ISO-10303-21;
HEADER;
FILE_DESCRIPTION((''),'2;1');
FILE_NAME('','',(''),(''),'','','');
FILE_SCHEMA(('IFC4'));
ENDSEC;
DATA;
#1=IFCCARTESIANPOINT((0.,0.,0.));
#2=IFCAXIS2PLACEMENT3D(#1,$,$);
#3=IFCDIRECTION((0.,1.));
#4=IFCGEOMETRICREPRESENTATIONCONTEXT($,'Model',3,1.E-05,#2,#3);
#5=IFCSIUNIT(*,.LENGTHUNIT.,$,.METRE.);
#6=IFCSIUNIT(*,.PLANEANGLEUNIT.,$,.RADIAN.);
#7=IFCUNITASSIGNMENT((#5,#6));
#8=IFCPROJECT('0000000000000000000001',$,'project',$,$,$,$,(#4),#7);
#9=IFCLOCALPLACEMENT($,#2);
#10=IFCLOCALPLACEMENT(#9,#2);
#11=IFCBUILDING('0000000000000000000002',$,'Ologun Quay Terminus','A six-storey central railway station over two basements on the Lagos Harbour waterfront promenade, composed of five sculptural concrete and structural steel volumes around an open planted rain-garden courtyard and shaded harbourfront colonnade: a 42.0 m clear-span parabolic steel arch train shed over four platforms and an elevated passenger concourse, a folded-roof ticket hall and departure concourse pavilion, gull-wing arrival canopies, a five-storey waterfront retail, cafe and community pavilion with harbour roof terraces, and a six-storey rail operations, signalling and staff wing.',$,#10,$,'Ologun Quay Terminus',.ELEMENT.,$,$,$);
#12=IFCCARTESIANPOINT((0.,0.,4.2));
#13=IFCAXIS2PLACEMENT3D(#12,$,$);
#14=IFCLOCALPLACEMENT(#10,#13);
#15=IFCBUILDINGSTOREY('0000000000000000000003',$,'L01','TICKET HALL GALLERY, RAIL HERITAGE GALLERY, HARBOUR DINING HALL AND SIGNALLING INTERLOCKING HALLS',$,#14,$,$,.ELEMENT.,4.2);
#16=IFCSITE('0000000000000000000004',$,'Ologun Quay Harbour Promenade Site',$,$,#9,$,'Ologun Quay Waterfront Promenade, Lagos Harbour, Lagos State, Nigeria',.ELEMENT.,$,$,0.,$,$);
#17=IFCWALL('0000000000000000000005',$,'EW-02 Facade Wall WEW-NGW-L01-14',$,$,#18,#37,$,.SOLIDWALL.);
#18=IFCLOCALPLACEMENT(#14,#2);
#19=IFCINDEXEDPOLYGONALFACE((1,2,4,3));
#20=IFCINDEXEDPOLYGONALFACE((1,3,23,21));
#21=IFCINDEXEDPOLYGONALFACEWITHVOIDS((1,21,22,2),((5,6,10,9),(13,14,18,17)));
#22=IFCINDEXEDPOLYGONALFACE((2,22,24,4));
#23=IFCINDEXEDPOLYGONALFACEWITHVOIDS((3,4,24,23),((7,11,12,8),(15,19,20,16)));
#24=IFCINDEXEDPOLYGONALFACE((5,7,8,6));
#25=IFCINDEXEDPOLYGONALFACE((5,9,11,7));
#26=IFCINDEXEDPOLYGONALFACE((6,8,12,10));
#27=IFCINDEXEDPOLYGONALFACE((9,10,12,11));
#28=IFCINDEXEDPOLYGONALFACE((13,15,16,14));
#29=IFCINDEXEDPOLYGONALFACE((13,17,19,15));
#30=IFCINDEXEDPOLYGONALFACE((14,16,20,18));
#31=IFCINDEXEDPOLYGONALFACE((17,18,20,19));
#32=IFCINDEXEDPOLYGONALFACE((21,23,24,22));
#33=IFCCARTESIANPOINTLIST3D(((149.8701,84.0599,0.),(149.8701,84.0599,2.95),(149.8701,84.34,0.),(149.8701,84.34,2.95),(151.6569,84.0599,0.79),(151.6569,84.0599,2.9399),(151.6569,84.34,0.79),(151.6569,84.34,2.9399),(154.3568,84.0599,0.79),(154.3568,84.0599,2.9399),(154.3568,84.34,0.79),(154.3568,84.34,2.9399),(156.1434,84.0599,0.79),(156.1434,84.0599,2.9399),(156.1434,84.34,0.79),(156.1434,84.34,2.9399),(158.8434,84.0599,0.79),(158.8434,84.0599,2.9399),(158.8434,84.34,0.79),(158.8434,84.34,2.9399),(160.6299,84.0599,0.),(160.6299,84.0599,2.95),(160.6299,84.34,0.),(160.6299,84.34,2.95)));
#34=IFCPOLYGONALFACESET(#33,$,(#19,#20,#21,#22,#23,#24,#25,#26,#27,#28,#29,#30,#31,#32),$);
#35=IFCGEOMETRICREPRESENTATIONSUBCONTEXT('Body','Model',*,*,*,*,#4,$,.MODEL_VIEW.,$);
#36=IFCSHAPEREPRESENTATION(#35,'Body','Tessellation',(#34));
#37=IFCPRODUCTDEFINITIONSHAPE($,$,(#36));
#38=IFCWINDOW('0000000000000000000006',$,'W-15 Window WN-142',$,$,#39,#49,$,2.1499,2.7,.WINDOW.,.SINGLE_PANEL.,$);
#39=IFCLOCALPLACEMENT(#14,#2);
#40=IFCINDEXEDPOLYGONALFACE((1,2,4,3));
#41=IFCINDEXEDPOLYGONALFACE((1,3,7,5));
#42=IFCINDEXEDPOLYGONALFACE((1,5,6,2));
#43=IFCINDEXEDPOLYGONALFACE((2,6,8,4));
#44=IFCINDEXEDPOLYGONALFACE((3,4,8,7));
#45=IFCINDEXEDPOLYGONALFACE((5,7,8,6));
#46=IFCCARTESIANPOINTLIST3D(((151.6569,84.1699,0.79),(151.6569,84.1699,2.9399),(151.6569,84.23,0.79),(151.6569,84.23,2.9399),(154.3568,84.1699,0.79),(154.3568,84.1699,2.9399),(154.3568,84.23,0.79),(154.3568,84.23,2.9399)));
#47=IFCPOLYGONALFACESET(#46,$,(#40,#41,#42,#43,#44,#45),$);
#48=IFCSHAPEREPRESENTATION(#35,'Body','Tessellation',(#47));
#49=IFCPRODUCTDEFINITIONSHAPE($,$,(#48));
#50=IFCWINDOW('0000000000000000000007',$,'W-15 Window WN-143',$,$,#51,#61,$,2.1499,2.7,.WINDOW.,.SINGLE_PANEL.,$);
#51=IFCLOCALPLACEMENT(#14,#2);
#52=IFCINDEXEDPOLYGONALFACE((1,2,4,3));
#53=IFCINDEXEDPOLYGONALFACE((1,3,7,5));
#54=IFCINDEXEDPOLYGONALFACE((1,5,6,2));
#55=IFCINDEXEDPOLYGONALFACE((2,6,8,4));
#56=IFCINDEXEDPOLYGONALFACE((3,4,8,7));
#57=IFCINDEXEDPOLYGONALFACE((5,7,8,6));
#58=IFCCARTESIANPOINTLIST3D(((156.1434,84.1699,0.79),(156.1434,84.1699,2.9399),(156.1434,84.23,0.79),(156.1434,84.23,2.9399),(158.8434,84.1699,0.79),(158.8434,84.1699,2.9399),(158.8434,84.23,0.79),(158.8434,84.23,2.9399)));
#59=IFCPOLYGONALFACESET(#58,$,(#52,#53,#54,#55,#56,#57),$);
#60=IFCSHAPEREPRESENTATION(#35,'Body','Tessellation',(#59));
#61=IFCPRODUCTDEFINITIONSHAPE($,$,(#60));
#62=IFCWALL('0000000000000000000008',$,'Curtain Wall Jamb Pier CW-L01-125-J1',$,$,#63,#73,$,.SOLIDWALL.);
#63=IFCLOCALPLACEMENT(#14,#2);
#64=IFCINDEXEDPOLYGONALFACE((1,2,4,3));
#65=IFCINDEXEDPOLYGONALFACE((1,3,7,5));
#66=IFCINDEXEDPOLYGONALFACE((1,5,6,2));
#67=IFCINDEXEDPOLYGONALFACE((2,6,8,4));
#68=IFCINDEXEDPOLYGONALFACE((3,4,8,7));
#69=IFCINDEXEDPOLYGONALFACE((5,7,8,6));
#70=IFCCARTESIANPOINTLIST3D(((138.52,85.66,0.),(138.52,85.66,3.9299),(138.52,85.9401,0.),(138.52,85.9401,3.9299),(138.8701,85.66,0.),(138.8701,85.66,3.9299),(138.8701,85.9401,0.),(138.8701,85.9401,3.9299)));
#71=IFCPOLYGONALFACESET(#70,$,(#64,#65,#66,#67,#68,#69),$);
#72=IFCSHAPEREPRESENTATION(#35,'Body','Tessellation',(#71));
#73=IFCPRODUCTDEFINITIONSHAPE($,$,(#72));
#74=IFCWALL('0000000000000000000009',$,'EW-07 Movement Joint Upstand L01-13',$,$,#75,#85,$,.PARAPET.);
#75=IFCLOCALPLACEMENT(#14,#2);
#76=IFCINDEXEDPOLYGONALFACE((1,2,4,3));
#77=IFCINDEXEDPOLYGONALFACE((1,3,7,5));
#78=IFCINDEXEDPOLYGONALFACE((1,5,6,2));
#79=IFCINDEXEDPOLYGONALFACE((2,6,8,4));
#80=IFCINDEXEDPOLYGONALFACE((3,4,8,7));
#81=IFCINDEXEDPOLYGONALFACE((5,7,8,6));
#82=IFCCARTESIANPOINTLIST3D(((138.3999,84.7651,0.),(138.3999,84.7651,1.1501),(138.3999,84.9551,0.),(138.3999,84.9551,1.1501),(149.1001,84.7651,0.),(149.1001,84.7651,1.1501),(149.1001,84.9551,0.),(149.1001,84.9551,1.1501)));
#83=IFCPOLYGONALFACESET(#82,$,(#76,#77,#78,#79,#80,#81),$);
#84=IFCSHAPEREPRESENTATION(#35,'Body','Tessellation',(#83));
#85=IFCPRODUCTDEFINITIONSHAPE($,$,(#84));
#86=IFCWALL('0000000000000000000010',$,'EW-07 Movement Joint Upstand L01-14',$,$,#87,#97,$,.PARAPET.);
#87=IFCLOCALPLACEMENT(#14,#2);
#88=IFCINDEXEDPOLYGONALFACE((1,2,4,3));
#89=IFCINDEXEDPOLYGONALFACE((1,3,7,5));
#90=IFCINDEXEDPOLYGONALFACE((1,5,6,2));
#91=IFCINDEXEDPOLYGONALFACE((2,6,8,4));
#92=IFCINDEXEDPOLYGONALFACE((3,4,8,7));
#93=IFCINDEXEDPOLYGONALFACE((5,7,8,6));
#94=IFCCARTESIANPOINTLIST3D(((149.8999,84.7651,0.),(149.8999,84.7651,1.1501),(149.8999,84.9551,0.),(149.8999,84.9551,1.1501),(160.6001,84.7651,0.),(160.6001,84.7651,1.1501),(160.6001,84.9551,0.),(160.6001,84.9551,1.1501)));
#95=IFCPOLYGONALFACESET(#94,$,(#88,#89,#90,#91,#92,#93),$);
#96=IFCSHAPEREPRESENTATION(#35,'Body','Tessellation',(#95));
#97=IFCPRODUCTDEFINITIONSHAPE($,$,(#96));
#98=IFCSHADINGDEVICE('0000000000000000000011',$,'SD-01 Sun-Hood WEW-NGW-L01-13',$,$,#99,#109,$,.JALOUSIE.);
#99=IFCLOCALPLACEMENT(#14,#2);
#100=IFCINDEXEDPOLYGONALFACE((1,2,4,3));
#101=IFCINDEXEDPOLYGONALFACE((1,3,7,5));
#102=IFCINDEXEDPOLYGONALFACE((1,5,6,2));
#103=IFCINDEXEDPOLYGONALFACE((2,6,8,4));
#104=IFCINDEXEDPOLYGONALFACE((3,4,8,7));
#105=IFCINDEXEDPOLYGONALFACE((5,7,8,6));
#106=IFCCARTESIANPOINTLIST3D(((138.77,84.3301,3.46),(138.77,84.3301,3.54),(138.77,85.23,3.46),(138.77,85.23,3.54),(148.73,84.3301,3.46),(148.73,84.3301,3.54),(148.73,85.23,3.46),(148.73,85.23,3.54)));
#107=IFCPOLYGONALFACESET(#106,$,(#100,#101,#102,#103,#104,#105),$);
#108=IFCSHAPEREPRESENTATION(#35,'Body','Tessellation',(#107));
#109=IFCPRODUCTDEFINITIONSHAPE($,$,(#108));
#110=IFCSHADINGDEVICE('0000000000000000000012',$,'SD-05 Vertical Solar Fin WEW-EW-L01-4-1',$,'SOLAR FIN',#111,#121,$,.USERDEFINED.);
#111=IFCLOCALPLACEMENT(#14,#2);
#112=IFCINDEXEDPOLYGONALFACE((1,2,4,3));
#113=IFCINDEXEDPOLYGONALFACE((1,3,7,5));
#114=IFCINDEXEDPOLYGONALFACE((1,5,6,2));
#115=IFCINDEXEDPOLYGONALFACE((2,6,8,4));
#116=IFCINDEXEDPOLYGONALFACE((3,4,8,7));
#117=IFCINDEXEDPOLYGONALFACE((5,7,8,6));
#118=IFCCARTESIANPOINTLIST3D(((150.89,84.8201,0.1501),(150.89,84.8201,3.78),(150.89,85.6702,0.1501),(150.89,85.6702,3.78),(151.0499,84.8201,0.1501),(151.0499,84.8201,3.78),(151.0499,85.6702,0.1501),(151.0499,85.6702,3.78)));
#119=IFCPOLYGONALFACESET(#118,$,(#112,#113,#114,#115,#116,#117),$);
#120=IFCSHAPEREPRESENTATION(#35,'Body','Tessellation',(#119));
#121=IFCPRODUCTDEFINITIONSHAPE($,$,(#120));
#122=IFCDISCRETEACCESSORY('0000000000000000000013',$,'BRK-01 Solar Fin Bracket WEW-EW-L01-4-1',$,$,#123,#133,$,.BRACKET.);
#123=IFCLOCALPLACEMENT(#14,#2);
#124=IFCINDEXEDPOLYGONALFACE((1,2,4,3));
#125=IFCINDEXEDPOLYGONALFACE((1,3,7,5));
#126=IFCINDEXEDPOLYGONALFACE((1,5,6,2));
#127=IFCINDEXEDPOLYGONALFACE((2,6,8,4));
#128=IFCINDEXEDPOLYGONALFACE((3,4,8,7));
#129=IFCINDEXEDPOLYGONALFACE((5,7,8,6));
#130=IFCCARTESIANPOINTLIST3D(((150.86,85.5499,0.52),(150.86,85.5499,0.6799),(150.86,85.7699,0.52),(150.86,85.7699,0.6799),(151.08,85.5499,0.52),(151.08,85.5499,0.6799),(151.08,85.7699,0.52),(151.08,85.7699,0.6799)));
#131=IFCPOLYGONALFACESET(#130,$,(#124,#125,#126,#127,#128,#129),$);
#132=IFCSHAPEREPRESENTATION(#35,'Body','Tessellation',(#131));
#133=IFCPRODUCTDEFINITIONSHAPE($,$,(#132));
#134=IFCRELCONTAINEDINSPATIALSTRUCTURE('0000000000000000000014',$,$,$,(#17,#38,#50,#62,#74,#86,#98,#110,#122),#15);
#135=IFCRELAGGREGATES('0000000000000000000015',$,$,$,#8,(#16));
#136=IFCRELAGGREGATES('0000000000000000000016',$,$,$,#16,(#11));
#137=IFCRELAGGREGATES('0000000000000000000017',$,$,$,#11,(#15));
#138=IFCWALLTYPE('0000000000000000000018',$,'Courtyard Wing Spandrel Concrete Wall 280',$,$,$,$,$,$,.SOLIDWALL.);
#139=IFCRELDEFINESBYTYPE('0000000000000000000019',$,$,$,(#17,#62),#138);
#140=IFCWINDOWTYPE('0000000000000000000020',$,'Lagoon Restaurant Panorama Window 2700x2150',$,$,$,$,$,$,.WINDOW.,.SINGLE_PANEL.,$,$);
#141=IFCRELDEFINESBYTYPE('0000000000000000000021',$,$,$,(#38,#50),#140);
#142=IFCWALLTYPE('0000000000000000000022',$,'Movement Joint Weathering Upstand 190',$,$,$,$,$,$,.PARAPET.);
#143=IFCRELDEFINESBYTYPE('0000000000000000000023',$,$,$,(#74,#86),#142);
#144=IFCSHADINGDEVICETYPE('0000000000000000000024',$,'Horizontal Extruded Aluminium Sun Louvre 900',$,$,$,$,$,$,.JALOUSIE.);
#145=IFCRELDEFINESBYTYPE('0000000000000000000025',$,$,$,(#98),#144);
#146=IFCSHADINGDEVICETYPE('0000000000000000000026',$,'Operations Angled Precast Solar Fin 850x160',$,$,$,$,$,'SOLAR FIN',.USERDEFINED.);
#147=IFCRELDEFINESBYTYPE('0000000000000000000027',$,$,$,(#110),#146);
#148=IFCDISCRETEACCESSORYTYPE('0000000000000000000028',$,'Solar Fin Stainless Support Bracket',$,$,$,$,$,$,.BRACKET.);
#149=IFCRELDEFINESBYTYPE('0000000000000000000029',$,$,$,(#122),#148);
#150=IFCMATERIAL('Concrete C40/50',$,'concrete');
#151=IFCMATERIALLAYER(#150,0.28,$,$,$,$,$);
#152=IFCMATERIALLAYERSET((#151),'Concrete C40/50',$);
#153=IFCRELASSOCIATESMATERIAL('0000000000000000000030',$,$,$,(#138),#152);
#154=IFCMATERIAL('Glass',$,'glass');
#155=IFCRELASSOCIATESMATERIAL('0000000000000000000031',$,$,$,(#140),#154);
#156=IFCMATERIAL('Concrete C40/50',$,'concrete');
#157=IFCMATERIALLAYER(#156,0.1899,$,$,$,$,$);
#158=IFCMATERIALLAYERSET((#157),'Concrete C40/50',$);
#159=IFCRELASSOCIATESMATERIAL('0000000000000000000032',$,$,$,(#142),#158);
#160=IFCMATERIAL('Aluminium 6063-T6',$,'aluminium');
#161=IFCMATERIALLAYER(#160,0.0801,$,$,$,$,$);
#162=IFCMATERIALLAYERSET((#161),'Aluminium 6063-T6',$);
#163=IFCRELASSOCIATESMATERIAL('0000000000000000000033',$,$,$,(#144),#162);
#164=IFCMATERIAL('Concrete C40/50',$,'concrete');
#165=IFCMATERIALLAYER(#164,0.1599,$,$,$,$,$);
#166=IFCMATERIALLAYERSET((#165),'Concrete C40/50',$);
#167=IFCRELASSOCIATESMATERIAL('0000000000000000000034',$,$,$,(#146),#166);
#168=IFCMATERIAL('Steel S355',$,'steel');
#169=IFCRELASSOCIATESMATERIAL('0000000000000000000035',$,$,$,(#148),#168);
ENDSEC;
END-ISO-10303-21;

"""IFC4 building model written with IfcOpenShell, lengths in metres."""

from ifc_helpers import new_model, si_unit, direction, frame, frame_2d, origin, origin_2d, place, context, subcontext, project, spatial, rectangle, extrude, material, layer, layer_set, type_object, element, fill, save


model = new_model("IFC4")

# Units and contexts
model_context = context("Model", 3, precision=1e-05, world=origin(), true_north=direction((0.0, 1.0)))
body_context = subcontext(model_context, "Body", "Model", "MODEL_VIEW")
ifc_project = project(units=[si_unit("LENGTHUNIT", "METRE"), si_unit("PLANEANGLEUNIT", "RADIAN")], contexts=[model_context])

# Site, building, storey
site_placement = place(None, origin())
site = spatial("IfcSite", under=ifc_project, at=site_placement, Name="Ologun Quay Harbour Promenade Site", LongName="Ologun Quay Waterfront Promenade, Lagos Harbour, Lagos State, Nigeria", CompositionType="ELEMENT", RefElevation=0.0)
building_placement = place(site_placement, origin())
building = spatial("IfcBuilding", under=site, at=building_placement, Name="Ologun Quay Terminus", Description="A six-storey central railway station over two basements on the Lagos Harbour waterfront promenade, composed of five sculptural concrete and structural steel volumes around an open planted rain-garden courtyard and shaded harbourfront colonnade: a 42.0 m clear-span parabolic steel arch train shed over four platforms and an elevated passenger concourse, a folded-roof ticket hall and departure concourse pavilion, gull-wing arrival canopies, a five-storey waterfront retail, cafe and community pavilion with harbour roof terraces, and a six-storey rail operations, signalling and staff wing.", LongName="Ologun Quay Terminus", CompositionType="ELEMENT")
storey_placement = place(building_placement, frame((0.0, 0.0, 4.2)))
storey = spatial("IfcBuildingStorey", under=building, at=storey_placement, Name="L01", Description="TICKET HALL GALLERY, RAIL HERITAGE GALLERY, HARBOUR DINING HALL AND SIGNALLING INTERLOCKING HALLS", CompositionType="ELEMENT", Elevation=4.2)

# Wall, openings, windows
ifc_material_1 = material(Name="Concrete C40/50", Category="concrete")
ifc_layer_1 = layer(ifc_material_1, 0.28)
ifc_layer_set_1 = layer_set([ifc_layer_1], Name="Concrete C40/50")
wall_type_1 = type_object("IfcWallType", Name="Courtyard Wing Spandrel Concrete Wall 280", PredefinedType="SOLIDWALL", material=ifc_layer_set_1)
wall_1_placement = place(storey_placement, frame((149.8701, 84.2, 0.0), z_axis=(0.0, 0.0, 1.0), x_axis=(1.0, 0.0, 0.0)))
wall_1 = element("IfcWall", 1, at=wall_1_placement, inside=storey, type_object=wall_type_1, Name="EW-02 Facade Wall WEW-NGW-L01-14", PredefinedType="SOLIDWALL", context=body_context, shape_type="SweptSolid", body=[
    extrude(rectangle(XDim=10.7598, YDim=0.28, at=frame_2d((5.3799, 0.0))), origin(), (0.0, 0.0, 1.0), 2.95),
])
opening_1_placement = place(wall_1_placement, frame((1.7866, 0.0, 0.79)))
opening_1 = element("IfcOpeningElement", 2, at=opening_1_placement, cuts=wall_1, PredefinedType="OPENING", context=body_context, shape_type="SweptSolid", body=[
    extrude(rectangle(XDim=2.7, YDim=2.1499, at=frame_2d((1.3501, 1.075))), frame((0.0, 0.1499, 0.0), z_axis=(0.0, -1.0, 0.0), x_axis=(1.0, 0.0, 0.0)), (0.0, 0.0, 1.0), 0.3),
])
opening_2_placement = place(wall_1_placement, frame((6.2732, 0.0, 0.79)))
opening_2 = element("IfcOpeningElement", 3, at=opening_2_placement, cuts=wall_1, PredefinedType="OPENING", context=body_context, shape_type="SweptSolid", body=[
    extrude(rectangle(XDim=2.7, YDim=2.1499, at=frame_2d((1.3501, 1.075))), frame((0.0, 0.1499, 0.0), z_axis=(0.0, -1.0, 0.0), x_axis=(1.0, 0.0, 0.0)), (0.0, 0.0, 1.0), 0.3),
])
ifc_material_2 = material(Name="Glass", Category="glass")
window_type_1 = type_object("IfcWindowType", Name="Lagoon Restaurant Panorama Window 2700x2150", PartitioningType="SINGLE_PANEL", PredefinedType="WINDOW", material=ifc_material_2)
window_1_placement = place(opening_1_placement, origin())
window_1 = element("IfcWindow", 4, at=window_1_placement, inside=storey, type_object=window_type_1, Name="W-15 Window WN-142", OverallHeight=2.1499, OverallWidth=2.7, PartitioningType="SINGLE_PANEL", PredefinedType="WINDOW", context=body_context, shape_type="SweptSolid", body=[
    extrude(rectangle(XDim=2.7, YDim=2.1499, at=frame_2d((1.3501, 1.075))), frame((0.0, 0.03, 0.0), z_axis=(0.0, -1.0, 0.0), x_axis=(1.0, 0.0, 0.0)), (0.0, 0.0, 1.0), 0.0601),
])
fill(opening_1, window_1)
window_2_placement = place(opening_2_placement, origin())
window_2 = element("IfcWindow", 5, at=window_2_placement, inside=storey, type_object=window_type_1, Name="W-15 Window WN-143", OverallHeight=2.1499, OverallWidth=2.7, PartitioningType="SINGLE_PANEL", PredefinedType="WINDOW", context=body_context, shape_type="SweptSolid", body=[
    extrude(rectangle(XDim=2.7, YDim=2.1499, at=frame_2d((1.3501, 1.075))), frame((0.0, 0.03, 0.0), z_axis=(0.0, -1.0, 0.0), x_axis=(1.0, 0.0, 0.0)), (0.0, 0.0, 1.0), 0.0601),
])
fill(opening_2, window_2)

# Walls
wall_2_placement = place(storey_placement, frame((138.52, 85.8, 0.0), z_axis=(0.0, 0.0, 1.0), x_axis=(1.0, 0.0, 0.0)))
element("IfcWall", 6, at=wall_2_placement, inside=storey, type_object=wall_type_1, Name="Curtain Wall Jamb Pier CW-L01-125-J1", PredefinedType="SOLIDWALL", context=body_context, shape_type="SweptSolid", body=[
    extrude(rectangle(XDim=0.3501, YDim=0.28, at=frame_2d((0.175, 0.0))), origin(), (0.0, 0.0, 1.0), 3.9299),
])
ifc_material_3 = material(Name="Concrete C40/50", Category="concrete")
ifc_layer_2 = layer(ifc_material_3, 0.1899)
ifc_layer_set_2 = layer_set([ifc_layer_2], Name="Concrete C40/50")
wall_type_2 = type_object("IfcWallType", Name="Movement Joint Weathering Upstand 190", PredefinedType="PARAPET", material=ifc_layer_set_2)
for number, where, z_axis, x_axis, name in (
    (7, (138.3999, 84.8601, 0.0), (0.0, 0.0, 1.0), (1.0, 0.0, 0.0), "EW-07 Movement Joint Upstand L01-13"),
    (8, (149.8999, 84.8601, 0.0), (0.0, 0.0, 1.0), (1.0, 0.0, 0.0), "EW-07 Movement Joint Upstand L01-14"),
):
    element("IfcWall", number, at=place(storey_placement, frame(where, z_axis=z_axis, x_axis=x_axis)), inside=storey, type_object=wall_type_2, Name=name, PredefinedType="PARAPET", context=body_context, shape_type="SweptSolid", body=[
        extrude(rectangle(XDim=10.7002, YDim=0.1899, at=frame_2d((5.3501, 0.0))), origin(), (0.0, 0.0, 1.0), 1.1501),
    ])

# Shading devices
ifc_material_4 = material(Name="Aluminium 6063-T6", Category="aluminium")
ifc_layer_3 = layer(ifc_material_4, 0.0801)
ifc_layer_set_3 = layer_set([ifc_layer_3], Name="Aluminium 6063-T6")
shading_device_type_1 = type_object("IfcShadingDeviceType", Name="Horizontal Extruded Aluminium Sun Louvre 900", PredefinedType="JALOUSIE", material=ifc_layer_set_3)
shading_device_1_placement = place(storey_placement, frame((143.75, 84.78, 3.46), z_axis=(0.0, 0.0, 1.0), x_axis=(1.0, 0.0, 0.0)))
element("IfcShadingDevice", 9, at=shading_device_1_placement, inside=storey, type_object=shading_device_type_1, Name="SD-01 Sun-Hood WEW-NGW-L01-13", PredefinedType="JALOUSIE", context=body_context, shape_type="SweptSolid", body=[
    extrude(rectangle(XDim=9.96, YDim=0.8999, at=origin_2d()), origin(), (0.0, 0.0, 1.0), 0.0801),
])
ifc_material_5 = material(Name="Concrete C40/50", Category="concrete")
ifc_layer_4 = layer(ifc_material_5, 0.1599)
ifc_layer_set_4 = layer_set([ifc_layer_4], Name="Concrete C40/50")
shading_device_type_2 = type_object("IfcShadingDeviceType", Name="Operations Angled Precast Solar Fin 850x160", ElementType="SOLAR FIN", PredefinedType="USERDEFINED", material=ifc_layer_set_4)
shading_device_2_placement = place(storey_placement, frame((150.97, 85.2451, 0.1501), z_axis=(0.0, 0.0, 1.0), x_axis=(1.0, 0.0, 0.0)))
element("IfcShadingDevice", 10, at=shading_device_2_placement, inside=storey, type_object=shading_device_type_2, Name="SD-05 Vertical Solar Fin WEW-EW-L01-4-1", ObjectType="SOLAR FIN", PredefinedType="USERDEFINED", context=body_context, shape_type="SweptSolid", body=[
    extrude(rectangle(XDim=0.1599, YDim=0.8501, at=origin_2d()), origin(), (0.0, 0.0, 1.0), 3.6299),
])

# Discrete accessory
ifc_material_6 = material(Name="Steel S355", Category="steel")
discrete_accessory_type = type_object("IfcDiscreteAccessoryType", Name="Solar Fin Stainless Support Bracket", PredefinedType="BRACKET", material=ifc_material_6)
discrete_accessory_placement = place(storey_placement, frame((150.97, 85.6599, 0.52), z_axis=(0.0, 0.0, 1.0), x_axis=(1.0, 0.0, 0.0)))
element("IfcDiscreteAccessory", 11, at=discrete_accessory_placement, inside=storey, type_object=discrete_accessory_type, Name="BRK-01 Solar Fin Bracket WEW-EW-L01-4-1", PredefinedType="BRACKET", context=body_context, shape_type="SweptSolid", body=[
    extrude(rectangle(XDim=0.22, YDim=0.22, at=origin_2d()), origin(), (0.0, 0.0, 1.0), 0.1599),
])

save(model, "model.ifc")
